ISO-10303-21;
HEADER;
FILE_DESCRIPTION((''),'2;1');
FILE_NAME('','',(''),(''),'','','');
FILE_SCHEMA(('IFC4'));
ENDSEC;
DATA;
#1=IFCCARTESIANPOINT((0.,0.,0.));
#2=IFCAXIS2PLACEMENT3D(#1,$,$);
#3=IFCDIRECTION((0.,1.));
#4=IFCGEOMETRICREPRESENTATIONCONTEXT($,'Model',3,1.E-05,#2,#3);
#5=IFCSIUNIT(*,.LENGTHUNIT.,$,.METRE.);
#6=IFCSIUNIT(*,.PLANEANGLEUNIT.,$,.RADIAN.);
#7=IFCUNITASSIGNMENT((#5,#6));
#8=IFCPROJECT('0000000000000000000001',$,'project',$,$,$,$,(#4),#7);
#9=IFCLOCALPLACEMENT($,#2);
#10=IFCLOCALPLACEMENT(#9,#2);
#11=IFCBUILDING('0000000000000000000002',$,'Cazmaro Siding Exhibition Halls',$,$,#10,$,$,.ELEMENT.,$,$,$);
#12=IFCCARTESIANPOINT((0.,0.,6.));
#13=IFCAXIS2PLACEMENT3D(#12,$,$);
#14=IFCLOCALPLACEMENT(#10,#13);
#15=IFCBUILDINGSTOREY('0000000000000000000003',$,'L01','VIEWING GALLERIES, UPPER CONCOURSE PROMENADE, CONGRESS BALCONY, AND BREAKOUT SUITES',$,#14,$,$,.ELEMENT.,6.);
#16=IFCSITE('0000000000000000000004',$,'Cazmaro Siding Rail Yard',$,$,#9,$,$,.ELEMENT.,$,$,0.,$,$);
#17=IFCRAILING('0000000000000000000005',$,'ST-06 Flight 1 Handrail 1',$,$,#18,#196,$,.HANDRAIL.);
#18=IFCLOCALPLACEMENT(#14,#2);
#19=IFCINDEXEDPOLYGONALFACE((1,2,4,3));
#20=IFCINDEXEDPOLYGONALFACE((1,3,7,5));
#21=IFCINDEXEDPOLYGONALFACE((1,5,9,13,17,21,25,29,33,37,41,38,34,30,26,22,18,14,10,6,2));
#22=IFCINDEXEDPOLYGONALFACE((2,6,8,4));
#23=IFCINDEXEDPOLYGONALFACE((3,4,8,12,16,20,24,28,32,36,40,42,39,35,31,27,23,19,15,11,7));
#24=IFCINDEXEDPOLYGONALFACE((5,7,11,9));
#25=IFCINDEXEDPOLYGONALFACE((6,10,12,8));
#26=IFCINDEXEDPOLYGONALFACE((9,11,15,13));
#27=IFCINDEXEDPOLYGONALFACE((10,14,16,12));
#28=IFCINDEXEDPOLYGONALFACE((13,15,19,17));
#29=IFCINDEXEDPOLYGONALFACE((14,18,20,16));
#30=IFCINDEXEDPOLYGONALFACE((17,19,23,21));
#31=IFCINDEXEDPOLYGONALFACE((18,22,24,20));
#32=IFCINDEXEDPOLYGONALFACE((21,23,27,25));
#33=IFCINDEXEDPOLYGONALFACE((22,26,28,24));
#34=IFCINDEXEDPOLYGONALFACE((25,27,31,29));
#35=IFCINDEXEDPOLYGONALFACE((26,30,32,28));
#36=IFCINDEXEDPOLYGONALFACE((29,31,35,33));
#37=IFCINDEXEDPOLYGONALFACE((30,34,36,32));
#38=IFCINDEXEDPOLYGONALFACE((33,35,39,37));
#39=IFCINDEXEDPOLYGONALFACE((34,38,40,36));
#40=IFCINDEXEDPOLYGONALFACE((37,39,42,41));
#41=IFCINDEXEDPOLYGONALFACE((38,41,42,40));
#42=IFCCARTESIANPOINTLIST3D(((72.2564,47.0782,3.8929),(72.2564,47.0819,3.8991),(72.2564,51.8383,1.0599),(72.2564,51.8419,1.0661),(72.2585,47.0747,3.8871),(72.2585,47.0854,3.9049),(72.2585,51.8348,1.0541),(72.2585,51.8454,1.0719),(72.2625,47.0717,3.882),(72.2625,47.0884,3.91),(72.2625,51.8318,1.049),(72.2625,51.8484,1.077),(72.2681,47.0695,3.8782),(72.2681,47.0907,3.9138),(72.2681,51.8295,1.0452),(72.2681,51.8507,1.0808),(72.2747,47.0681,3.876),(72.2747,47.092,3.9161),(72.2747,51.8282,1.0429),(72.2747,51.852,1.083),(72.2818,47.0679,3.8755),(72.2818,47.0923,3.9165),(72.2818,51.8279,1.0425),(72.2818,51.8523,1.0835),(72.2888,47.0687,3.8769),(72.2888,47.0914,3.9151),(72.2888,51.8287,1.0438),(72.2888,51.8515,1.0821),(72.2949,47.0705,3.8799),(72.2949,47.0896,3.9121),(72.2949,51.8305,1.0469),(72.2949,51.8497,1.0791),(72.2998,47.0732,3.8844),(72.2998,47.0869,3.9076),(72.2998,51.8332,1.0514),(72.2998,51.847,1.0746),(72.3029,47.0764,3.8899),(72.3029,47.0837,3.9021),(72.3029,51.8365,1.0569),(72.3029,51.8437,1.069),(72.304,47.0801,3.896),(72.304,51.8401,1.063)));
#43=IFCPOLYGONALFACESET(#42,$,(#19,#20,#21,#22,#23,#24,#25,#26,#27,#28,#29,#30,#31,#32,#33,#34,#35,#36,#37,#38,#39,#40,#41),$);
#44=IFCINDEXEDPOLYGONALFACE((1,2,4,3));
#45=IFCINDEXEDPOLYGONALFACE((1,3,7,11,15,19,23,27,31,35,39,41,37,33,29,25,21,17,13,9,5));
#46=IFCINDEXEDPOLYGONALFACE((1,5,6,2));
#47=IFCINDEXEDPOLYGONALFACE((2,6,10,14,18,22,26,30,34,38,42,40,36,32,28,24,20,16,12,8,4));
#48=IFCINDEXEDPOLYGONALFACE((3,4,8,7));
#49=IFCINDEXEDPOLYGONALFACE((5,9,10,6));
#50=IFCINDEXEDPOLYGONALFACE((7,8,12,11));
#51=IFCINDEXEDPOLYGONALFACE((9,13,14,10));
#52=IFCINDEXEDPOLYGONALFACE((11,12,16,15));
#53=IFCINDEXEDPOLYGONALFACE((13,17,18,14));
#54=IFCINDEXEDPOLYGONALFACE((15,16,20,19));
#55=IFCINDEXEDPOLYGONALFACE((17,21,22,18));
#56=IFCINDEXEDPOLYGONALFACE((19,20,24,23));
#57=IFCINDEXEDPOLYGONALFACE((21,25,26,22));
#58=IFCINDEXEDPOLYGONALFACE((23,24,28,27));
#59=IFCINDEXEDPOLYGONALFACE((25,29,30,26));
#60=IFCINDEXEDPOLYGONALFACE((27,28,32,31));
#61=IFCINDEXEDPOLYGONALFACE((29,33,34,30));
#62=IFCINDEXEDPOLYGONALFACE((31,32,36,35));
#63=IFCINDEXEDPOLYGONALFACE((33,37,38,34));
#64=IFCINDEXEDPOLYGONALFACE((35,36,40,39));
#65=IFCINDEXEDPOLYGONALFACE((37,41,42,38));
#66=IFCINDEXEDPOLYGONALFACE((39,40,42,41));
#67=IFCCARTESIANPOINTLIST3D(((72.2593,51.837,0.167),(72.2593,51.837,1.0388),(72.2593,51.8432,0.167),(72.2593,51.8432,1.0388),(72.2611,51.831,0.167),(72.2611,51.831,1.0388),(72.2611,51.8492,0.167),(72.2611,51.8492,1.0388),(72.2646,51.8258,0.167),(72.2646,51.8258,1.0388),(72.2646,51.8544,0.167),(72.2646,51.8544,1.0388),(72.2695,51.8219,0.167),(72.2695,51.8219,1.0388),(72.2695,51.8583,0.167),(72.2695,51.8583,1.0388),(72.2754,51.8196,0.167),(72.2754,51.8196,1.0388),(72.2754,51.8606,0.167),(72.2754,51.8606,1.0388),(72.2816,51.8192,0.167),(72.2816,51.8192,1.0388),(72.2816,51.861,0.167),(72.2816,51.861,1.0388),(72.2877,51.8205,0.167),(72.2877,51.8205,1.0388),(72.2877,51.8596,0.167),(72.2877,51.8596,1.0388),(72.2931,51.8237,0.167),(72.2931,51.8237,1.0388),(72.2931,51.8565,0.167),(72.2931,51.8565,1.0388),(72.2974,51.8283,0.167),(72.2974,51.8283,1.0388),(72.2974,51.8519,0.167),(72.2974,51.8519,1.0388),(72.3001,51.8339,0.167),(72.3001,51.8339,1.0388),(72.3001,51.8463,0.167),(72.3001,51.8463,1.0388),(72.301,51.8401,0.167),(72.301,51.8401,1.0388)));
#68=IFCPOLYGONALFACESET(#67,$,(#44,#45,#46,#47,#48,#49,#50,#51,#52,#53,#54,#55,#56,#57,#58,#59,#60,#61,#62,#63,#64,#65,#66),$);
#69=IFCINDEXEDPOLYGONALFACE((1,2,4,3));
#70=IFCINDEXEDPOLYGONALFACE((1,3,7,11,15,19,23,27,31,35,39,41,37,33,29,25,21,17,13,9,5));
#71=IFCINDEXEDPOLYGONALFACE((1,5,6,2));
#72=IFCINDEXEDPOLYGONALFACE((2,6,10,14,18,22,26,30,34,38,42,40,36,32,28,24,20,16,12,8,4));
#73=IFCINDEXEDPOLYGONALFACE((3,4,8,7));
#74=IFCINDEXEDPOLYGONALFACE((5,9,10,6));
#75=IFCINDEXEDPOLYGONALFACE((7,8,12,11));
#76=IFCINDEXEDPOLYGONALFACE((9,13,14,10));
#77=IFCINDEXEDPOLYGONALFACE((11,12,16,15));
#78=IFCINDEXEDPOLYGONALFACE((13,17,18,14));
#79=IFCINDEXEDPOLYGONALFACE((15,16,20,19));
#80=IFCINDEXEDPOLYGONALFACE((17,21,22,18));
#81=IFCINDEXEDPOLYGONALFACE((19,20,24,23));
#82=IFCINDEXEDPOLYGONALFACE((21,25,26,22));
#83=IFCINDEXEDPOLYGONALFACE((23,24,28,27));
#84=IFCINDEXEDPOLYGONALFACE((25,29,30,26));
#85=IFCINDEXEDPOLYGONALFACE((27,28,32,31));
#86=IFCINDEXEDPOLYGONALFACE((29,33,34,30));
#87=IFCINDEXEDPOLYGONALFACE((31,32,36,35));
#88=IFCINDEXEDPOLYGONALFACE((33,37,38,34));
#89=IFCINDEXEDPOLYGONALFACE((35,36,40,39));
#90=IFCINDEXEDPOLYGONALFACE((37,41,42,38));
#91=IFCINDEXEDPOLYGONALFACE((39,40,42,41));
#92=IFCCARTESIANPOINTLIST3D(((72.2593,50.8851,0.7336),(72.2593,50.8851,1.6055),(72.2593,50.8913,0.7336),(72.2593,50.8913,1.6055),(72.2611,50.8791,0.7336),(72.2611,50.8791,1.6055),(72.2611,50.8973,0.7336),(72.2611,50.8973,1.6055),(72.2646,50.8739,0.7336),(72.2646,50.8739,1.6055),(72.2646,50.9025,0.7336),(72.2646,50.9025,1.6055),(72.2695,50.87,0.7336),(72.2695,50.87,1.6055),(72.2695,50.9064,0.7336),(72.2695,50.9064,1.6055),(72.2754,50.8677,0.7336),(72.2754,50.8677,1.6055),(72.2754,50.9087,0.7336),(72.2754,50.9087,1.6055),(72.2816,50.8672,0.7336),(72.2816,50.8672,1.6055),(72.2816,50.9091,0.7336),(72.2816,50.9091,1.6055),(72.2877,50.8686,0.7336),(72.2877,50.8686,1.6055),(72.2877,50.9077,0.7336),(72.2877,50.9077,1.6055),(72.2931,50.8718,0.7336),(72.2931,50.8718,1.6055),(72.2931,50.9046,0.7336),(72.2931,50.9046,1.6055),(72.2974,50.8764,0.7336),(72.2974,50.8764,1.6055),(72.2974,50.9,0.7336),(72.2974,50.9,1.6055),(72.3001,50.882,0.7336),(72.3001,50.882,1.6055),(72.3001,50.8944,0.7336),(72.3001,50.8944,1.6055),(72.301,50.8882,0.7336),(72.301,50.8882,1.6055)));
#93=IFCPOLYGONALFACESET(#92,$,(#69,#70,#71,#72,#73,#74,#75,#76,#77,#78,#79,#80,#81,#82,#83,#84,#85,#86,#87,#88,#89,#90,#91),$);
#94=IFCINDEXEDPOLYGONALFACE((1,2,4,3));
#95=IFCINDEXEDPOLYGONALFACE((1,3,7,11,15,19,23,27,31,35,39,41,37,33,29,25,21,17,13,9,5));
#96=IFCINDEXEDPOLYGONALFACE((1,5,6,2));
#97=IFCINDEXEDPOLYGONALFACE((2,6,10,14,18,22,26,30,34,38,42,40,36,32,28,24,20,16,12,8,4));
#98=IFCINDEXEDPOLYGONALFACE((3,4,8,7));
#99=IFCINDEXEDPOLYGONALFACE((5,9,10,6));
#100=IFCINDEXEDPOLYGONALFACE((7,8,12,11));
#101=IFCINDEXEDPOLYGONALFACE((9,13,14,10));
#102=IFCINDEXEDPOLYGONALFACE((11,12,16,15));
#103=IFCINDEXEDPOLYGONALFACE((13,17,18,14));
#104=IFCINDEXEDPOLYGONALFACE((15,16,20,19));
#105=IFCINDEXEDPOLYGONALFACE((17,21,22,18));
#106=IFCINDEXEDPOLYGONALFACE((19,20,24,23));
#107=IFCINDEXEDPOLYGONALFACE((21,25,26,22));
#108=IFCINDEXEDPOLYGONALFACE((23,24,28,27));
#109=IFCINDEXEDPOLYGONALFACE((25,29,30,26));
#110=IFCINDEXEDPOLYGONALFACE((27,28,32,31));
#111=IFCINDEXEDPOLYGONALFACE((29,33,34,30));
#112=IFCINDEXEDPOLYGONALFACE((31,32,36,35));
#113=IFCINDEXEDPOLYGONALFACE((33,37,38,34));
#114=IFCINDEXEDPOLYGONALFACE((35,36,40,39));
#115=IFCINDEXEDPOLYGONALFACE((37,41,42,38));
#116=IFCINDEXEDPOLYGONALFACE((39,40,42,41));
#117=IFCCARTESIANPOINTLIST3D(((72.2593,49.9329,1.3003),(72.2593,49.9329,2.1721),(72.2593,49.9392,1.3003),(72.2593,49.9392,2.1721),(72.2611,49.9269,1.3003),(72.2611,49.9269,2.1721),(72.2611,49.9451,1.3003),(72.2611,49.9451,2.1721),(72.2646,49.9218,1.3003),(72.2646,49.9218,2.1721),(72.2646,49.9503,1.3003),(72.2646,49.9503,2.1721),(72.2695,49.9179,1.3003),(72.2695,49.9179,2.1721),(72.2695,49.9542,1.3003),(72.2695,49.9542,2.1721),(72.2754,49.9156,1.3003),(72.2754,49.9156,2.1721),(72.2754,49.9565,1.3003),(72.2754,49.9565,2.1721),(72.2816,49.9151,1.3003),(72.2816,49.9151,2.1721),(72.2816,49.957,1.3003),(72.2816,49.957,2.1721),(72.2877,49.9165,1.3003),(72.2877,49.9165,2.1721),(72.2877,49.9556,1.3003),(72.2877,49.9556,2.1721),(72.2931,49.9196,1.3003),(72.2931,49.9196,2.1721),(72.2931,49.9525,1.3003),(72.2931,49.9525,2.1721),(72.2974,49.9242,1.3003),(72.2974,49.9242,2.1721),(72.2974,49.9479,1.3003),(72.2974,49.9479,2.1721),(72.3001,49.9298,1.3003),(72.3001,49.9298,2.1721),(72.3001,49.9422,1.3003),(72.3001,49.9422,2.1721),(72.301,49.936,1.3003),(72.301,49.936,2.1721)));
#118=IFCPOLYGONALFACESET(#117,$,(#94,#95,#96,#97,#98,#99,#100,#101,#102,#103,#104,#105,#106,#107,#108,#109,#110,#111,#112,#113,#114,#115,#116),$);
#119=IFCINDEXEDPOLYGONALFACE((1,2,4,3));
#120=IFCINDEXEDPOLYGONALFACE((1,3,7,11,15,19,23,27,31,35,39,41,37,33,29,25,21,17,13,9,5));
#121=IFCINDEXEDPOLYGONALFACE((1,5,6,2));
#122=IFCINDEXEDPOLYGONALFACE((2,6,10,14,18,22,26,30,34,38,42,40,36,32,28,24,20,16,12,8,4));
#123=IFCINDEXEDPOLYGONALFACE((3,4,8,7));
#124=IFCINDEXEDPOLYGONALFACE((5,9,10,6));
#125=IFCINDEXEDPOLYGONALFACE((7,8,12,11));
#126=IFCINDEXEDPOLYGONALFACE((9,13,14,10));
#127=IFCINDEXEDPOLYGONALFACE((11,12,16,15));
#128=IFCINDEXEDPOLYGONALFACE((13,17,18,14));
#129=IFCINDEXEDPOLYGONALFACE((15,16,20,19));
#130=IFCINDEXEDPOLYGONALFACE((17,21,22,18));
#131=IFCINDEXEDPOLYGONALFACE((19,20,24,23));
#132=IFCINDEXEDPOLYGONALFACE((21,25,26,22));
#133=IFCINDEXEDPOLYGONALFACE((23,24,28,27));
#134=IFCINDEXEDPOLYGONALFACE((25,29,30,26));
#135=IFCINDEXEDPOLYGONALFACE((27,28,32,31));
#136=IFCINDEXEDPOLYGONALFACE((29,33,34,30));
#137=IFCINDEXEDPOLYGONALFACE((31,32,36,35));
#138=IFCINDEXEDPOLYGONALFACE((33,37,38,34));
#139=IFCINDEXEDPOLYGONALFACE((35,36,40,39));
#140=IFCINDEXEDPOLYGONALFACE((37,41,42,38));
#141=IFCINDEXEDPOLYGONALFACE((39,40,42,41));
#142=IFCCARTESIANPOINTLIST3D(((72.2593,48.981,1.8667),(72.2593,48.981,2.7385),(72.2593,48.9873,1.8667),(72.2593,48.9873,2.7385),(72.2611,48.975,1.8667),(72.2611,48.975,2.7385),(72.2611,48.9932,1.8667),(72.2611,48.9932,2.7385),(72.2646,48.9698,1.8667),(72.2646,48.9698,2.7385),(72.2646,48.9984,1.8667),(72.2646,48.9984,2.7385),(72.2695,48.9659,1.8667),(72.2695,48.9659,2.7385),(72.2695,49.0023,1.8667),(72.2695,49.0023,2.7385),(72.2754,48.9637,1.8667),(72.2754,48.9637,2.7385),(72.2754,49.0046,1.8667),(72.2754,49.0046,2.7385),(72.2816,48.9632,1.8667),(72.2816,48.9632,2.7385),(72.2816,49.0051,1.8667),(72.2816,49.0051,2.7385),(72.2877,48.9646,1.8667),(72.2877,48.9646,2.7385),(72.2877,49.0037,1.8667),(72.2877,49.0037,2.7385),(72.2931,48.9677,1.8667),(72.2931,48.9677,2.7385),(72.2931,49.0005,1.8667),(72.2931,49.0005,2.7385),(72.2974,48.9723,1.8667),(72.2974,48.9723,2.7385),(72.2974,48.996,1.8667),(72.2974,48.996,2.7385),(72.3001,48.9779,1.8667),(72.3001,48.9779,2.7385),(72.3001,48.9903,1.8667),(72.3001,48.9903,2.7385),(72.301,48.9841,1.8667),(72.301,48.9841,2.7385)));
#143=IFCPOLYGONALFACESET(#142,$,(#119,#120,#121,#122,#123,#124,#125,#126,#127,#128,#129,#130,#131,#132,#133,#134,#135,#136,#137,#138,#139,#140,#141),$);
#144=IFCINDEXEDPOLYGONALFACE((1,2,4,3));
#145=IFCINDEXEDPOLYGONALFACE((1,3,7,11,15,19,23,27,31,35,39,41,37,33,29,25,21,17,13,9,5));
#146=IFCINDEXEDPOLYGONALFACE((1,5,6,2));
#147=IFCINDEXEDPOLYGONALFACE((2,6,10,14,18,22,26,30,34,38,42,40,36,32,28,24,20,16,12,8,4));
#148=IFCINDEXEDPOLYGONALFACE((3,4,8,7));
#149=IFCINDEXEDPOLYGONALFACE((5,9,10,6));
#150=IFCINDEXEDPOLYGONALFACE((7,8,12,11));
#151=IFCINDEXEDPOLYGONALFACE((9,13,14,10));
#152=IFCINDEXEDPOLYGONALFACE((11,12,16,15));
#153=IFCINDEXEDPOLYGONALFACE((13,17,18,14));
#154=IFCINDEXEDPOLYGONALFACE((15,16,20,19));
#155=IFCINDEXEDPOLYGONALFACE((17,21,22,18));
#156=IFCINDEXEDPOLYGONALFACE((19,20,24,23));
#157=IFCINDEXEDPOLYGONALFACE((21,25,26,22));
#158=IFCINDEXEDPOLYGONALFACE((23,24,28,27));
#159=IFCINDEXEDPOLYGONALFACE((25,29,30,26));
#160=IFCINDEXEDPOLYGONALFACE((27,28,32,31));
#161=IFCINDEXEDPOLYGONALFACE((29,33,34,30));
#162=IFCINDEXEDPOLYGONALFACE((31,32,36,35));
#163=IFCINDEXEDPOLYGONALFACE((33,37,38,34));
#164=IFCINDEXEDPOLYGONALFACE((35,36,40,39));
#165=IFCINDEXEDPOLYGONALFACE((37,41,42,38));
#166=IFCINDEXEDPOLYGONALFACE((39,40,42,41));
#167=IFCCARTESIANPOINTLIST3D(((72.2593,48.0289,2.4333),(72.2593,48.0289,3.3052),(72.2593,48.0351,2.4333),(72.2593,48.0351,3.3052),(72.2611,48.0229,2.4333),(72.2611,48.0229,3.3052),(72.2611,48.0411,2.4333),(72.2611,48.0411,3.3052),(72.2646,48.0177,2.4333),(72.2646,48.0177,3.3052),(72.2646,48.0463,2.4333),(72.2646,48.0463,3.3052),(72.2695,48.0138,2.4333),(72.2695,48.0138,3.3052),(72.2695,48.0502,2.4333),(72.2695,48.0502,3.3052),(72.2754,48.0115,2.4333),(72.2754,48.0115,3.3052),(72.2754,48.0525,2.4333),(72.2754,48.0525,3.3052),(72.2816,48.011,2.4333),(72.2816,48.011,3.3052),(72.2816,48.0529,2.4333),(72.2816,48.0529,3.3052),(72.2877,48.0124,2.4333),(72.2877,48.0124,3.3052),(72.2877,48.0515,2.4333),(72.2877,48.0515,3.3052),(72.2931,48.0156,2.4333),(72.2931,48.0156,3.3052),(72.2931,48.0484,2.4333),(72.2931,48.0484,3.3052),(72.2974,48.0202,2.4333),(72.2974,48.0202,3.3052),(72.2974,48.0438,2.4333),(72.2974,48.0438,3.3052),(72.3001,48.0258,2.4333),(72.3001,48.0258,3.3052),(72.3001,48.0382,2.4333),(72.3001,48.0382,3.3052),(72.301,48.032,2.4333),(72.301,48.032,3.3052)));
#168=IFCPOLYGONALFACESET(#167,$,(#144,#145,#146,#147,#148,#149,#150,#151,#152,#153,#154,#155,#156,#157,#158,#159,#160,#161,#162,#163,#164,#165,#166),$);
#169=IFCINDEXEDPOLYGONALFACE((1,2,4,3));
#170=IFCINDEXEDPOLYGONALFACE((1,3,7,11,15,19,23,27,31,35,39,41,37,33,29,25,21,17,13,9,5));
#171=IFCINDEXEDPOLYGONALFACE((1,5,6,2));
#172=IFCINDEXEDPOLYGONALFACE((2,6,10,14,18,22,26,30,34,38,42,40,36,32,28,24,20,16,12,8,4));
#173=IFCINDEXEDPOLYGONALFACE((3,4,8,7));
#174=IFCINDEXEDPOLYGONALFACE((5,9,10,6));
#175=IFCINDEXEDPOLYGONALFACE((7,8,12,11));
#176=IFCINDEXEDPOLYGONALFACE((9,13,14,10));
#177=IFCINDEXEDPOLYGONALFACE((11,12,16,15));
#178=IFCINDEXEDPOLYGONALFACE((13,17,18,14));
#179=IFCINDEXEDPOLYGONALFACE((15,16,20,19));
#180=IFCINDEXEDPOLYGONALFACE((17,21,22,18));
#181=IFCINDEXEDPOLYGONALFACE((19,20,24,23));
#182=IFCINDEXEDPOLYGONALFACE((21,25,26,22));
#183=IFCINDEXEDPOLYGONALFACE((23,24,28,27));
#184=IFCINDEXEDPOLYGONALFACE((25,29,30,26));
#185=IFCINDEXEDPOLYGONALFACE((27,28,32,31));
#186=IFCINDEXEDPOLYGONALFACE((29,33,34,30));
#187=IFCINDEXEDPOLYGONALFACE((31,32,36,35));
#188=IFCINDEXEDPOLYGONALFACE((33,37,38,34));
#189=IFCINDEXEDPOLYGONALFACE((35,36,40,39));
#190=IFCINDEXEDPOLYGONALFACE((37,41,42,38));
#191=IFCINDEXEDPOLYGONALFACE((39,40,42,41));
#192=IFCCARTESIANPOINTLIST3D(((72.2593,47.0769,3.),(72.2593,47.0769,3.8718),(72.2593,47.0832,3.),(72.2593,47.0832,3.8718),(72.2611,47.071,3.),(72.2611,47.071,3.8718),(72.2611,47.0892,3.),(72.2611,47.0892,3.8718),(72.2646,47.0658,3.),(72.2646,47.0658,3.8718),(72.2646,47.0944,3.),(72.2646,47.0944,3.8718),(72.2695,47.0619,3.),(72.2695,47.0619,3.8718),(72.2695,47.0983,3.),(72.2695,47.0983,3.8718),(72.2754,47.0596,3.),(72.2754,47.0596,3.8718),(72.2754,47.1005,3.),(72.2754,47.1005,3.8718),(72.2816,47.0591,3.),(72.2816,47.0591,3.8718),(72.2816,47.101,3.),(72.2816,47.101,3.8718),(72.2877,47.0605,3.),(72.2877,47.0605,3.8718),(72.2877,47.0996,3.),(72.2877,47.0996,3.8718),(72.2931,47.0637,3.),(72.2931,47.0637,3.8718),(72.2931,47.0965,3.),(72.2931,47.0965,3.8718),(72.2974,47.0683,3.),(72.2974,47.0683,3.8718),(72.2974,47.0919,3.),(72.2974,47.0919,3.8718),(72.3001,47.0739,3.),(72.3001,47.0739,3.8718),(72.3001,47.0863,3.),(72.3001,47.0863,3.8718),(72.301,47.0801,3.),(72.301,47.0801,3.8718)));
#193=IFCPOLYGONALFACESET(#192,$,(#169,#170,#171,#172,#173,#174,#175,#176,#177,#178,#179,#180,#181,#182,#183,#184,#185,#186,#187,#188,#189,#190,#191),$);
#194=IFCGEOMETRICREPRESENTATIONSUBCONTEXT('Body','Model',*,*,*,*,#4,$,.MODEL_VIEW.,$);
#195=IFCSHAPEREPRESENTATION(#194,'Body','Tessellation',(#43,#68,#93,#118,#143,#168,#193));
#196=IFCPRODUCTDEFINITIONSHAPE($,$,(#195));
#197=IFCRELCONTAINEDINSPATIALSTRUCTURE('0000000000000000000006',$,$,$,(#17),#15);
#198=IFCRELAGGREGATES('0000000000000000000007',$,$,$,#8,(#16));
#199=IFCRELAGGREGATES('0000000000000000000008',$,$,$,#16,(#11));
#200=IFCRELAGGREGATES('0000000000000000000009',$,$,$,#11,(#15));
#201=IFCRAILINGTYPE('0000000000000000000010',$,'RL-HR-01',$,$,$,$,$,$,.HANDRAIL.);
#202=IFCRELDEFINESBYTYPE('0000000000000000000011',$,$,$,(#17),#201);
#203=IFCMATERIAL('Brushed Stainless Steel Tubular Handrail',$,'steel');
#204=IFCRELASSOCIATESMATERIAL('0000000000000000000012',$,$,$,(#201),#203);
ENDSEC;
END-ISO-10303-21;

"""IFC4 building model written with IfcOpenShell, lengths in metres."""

from ifc_helpers import new_model, si_unit, direction, frame, origin, origin_2d, place, context, subcontext, project, spatial, circle, extrude, material, type_object, element, save


model = new_model("IFC4")

# Units and contexts
model_context = context("Model", 3, precision=1e-05, world=origin(), true_north=direction((0.0, 1.0)))
body_context = subcontext(model_context, "Body", "Model", "MODEL_VIEW")
ifc_project = project(units=[si_unit("LENGTHUNIT", "METRE"), si_unit("PLANEANGLEUNIT", "RADIAN")], contexts=[model_context])

# Site, building, storey
site_placement = place(None, origin())
site = spatial("IfcSite", under=ifc_project, at=site_placement, Name="Cazmaro Siding Rail Yard", CompositionType="ELEMENT", RefElevation=0.0)
building_placement = place(site_placement, origin())
building = spatial("IfcBuilding", under=site, at=building_placement, Name="Cazmaro Siding Exhibition Halls", CompositionType="ELEMENT")
storey_placement = place(building_placement, frame((0.0, 0.0, 6.0)))
storey = spatial("IfcBuildingStorey", under=building, at=storey_placement, Name="L01", Description="VIEWING GALLERIES, UPPER CONCOURSE PROMENADE, CONGRESS BALCONY, AND BREAKOUT SUITES", CompositionType="ELEMENT", Elevation=6.0)

# Railing
ifc_material_1 = material(Name="Brushed Stainless Steel Tubular Handrail", Category="steel")
railing_type = type_object("IfcRailingType", Name="RL-HR-01", PredefinedType="HANDRAIL", material=ifc_material_1)
railing_placement = place(storey_placement, frame((72.28, 51.8401, 0.167)))
element("IfcRailing", 1, at=railing_placement, inside=storey, type_object=railing_type, Name="ST-06 Flight 1 Handrail 1", PredefinedType="HANDRAIL", context=body_context, shape_type="SweptSolid", body=[
    extrude(circle(Radius=0.0239, at=origin_2d()), frame((0.0, 0.0, 0.896), z_axis=(0.0, -0.859319, 0.51144), x_axis=(1.0, 0.0, 0.0)), (0.0, 0.0, 1.0), 5.5393),
    extrude(circle(Radius=0.021, at=origin_2d()), origin(), (0.0, 0.0, 1.0), 0.8718),
    extrude(circle(Radius=0.021, at=origin_2d()), frame((0.0, -0.9519, 0.5667)), (0.0, 0.0, 1.0), 0.8718),
    extrude(circle(Radius=0.021, at=origin_2d()), frame((0.0, -1.9041, 1.1333)), (0.0, 0.0, 1.0), 0.8718),
    extrude(circle(Radius=0.021, at=origin_2d()), frame((0.0, -2.856, 1.6997)), (0.0, 0.0, 1.0), 0.8718),
    extrude(circle(Radius=0.021, at=origin_2d()), frame((0.0, -3.8081, 2.2664)), (0.0, 0.0, 1.0), 0.8718),
    extrude(circle(Radius=0.021, at=origin_2d()), frame((0.0, -4.76, 2.833)), (0.0, 0.0, 1.0), 0.8718),
])

save(model, "model.ifc")
